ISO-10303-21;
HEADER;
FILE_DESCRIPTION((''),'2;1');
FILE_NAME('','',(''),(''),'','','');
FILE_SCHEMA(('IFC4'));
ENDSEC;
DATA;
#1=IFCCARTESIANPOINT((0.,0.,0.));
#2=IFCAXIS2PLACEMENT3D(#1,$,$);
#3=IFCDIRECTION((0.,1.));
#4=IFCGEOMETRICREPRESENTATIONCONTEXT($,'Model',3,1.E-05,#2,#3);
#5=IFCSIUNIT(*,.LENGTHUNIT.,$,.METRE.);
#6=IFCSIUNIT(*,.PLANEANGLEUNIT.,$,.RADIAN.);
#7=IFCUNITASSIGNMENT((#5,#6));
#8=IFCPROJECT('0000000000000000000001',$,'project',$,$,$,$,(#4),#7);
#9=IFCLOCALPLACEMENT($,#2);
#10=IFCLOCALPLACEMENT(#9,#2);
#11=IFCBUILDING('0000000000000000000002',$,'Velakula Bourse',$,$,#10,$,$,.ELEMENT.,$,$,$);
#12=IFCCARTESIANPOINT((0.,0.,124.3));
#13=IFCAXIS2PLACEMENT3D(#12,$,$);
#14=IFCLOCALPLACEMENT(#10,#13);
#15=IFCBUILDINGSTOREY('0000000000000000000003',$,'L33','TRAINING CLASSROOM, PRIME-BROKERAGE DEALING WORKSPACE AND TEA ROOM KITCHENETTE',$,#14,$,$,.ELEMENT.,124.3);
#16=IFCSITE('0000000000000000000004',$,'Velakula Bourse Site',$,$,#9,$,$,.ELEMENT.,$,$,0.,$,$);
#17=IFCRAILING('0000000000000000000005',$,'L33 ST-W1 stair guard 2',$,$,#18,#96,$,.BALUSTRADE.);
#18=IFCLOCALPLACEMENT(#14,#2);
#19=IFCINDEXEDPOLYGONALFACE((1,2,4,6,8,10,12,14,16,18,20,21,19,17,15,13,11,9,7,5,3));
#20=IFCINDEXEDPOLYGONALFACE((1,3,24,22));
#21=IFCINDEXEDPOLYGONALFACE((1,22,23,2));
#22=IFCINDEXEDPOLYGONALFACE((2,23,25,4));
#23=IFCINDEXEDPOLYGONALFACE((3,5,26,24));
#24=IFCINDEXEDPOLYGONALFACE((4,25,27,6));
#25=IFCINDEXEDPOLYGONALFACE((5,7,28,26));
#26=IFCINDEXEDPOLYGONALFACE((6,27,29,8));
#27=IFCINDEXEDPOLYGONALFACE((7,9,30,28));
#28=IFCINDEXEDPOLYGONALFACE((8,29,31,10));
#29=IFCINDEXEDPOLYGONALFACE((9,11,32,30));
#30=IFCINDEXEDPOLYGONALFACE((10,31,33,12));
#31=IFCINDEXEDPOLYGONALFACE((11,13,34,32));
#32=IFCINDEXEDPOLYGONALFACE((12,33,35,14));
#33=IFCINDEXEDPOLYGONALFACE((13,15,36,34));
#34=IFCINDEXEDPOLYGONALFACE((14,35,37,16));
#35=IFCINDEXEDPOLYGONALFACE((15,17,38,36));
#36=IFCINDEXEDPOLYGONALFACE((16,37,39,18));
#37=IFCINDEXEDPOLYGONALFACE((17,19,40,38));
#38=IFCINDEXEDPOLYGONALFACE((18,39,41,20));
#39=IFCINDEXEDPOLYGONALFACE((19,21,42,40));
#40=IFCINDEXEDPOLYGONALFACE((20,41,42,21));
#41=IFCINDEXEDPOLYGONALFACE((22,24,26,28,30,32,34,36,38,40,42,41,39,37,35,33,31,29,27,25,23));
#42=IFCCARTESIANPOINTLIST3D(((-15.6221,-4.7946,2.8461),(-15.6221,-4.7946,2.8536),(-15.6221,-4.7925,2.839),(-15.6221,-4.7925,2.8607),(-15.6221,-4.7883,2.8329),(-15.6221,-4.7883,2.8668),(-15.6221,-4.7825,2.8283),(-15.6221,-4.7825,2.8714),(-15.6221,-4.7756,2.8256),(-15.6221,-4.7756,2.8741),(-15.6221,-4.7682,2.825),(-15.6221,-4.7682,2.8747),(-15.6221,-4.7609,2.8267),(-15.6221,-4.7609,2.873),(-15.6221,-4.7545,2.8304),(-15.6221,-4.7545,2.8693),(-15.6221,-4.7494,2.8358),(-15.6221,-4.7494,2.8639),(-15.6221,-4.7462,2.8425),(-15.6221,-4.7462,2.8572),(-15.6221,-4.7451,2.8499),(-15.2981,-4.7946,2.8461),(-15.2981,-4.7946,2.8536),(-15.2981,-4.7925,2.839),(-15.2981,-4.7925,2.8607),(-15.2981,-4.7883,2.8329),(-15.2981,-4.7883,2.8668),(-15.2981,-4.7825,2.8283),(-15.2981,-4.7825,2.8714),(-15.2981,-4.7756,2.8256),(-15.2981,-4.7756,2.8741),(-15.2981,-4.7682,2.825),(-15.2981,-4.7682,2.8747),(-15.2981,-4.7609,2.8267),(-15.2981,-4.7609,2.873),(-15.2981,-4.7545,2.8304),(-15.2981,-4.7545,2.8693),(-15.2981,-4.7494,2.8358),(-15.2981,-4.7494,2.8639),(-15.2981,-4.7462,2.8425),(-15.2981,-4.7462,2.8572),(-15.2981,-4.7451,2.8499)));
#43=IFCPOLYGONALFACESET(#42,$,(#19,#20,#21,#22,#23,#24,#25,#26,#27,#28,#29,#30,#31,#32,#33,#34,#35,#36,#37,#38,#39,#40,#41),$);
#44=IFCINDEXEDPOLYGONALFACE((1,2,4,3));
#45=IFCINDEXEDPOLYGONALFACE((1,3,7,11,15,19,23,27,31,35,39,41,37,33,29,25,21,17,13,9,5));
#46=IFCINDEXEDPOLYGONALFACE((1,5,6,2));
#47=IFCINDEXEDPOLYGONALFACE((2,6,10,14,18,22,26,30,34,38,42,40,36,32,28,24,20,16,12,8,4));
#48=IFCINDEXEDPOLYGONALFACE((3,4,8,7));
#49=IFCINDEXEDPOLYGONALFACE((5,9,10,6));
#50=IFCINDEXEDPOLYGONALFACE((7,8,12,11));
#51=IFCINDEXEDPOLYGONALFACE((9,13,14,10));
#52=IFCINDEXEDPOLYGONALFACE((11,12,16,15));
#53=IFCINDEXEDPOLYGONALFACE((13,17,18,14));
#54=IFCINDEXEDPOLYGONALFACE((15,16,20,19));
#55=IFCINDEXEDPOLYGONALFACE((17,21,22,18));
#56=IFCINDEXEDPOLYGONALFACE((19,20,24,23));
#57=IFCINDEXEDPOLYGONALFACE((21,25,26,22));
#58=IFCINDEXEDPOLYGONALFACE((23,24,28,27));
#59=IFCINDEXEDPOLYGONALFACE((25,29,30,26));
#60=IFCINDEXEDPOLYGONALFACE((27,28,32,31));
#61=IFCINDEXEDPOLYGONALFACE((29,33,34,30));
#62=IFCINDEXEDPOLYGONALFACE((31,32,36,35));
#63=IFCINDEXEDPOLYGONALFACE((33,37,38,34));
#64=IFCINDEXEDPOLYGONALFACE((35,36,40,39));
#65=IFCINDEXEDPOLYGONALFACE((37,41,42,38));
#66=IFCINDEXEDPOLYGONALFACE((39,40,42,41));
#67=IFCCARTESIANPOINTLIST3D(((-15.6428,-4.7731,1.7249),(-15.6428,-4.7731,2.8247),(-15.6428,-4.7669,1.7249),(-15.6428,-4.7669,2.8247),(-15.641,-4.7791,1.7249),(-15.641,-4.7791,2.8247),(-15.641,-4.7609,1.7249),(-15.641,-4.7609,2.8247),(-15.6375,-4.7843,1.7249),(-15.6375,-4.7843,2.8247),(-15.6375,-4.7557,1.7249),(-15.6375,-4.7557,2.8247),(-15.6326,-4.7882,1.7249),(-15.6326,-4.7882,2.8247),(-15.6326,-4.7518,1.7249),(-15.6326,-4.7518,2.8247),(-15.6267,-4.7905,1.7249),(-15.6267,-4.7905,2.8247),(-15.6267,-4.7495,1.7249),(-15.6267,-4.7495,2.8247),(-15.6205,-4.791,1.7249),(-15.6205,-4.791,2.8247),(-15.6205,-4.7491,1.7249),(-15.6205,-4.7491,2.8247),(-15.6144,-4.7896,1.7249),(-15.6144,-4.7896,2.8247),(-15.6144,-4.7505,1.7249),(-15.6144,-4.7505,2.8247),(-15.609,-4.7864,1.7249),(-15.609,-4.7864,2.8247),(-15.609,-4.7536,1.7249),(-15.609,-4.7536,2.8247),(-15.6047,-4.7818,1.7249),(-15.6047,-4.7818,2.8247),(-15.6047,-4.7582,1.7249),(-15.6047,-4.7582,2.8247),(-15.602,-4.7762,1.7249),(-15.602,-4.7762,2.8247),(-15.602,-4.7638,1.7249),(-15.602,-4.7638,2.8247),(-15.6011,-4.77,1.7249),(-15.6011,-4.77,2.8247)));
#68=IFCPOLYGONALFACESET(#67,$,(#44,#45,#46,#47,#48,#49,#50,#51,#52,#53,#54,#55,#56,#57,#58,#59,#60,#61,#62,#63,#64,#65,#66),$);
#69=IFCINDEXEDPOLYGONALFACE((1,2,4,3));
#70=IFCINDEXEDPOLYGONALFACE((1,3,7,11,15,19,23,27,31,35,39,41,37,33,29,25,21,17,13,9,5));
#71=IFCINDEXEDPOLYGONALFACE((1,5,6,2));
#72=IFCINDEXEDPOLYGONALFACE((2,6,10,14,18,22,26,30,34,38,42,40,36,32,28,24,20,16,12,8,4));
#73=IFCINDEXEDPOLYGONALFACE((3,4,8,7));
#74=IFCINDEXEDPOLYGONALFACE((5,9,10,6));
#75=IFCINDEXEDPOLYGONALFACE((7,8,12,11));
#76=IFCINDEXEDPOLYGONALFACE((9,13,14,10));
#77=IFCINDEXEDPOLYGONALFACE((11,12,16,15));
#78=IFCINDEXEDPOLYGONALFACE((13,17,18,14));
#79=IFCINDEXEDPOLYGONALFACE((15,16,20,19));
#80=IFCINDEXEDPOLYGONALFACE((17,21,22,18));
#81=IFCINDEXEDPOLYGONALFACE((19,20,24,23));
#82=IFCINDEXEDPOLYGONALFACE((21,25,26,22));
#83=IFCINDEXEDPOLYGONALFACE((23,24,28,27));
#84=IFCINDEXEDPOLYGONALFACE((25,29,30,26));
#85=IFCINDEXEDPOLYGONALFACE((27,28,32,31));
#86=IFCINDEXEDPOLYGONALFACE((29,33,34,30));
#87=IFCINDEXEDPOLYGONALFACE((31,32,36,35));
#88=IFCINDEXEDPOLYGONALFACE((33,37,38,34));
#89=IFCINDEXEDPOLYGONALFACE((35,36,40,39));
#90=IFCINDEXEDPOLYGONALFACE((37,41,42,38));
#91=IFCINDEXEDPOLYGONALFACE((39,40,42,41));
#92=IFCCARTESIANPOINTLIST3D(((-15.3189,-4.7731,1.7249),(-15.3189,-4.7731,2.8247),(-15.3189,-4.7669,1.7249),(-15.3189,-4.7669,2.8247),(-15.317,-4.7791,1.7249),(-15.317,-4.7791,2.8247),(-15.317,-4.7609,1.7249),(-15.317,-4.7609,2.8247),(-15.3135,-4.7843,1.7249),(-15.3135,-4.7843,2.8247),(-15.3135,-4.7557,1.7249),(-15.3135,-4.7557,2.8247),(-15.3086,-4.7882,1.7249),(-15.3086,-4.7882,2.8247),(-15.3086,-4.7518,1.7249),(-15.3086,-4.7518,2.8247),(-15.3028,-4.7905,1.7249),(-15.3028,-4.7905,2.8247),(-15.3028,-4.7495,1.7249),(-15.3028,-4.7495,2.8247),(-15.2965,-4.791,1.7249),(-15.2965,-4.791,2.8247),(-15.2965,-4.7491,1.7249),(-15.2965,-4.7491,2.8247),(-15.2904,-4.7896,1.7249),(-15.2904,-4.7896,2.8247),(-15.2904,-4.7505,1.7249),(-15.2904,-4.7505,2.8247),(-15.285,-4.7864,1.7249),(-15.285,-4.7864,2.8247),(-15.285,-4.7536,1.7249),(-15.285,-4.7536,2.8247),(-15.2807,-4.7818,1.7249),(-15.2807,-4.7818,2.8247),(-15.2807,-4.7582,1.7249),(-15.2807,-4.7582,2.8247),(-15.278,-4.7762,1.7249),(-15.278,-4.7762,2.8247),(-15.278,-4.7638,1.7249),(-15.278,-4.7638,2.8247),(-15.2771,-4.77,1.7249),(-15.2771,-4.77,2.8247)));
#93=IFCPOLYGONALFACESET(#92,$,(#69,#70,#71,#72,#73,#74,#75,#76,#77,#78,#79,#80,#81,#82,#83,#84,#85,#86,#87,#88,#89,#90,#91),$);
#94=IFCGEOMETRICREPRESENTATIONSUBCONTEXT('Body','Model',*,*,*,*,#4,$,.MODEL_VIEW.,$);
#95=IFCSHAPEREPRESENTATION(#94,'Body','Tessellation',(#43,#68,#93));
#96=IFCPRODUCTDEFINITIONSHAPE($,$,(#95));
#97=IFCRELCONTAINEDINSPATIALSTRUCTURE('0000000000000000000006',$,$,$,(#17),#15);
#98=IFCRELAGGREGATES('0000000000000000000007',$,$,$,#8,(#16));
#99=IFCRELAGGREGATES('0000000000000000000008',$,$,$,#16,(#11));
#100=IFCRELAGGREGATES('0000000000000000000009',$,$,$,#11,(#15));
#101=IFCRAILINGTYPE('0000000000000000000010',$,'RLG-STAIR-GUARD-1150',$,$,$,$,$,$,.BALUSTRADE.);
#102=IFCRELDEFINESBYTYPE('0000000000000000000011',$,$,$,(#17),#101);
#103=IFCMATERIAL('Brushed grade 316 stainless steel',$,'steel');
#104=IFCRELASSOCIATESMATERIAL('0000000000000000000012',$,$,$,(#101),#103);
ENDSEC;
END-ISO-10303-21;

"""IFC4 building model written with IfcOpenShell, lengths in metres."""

from ifc_helpers import new_model, si_unit, direction, frame, origin, origin_2d, place, context, subcontext, project, spatial, circle, extrude, material, type_object, element, save


model = new_model("IFC4")

# Units and contexts
model_context = context("Model", 3, precision=1e-05, world=origin(), true_north=direction((0.0, 1.0)))
body_context = subcontext(model_context, "Body", "Model", "MODEL_VIEW")
ifc_project = project(units=[si_unit("LENGTHUNIT", "METRE"), si_unit("PLANEANGLEUNIT", "RADIAN")], contexts=[model_context])

# Site, building, storey
site_placement = place(None, origin())
site = spatial("IfcSite", under=ifc_project, at=site_placement, Name="Velakula Bourse Site", CompositionType="ELEMENT", RefElevation=0.0)
building_placement = place(site_placement, origin())
building = spatial("IfcBuilding", under=site, at=building_placement, Name="Velakula Bourse", CompositionType="ELEMENT")
storey_placement = place(building_placement, frame((0.0, 0.0, 124.3)))
storey = spatial("IfcBuildingStorey", under=building, at=storey_placement, Name="L33", Description="TRAINING CLASSROOM, PRIME-BROKERAGE DEALING WORKSPACE AND TEA ROOM KITCHENETTE", CompositionType="ELEMENT", Elevation=124.3)

# Shared definitions
ifc_material_1 = material(Name="Brushed grade 316 stainless steel", Category="steel")

# Railing
railing_type_1 = type_object("IfcRailingType", Name="RLG-STAIR-GUARD-1150", PredefinedType="BALUSTRADE", material=ifc_material_1)
railing_1_placement = place(storey_placement, frame((-15.6221, -4.77, 1.7249)))
element("IfcRailing", 1, at=railing_1_placement, inside=storey, type_object=railing_type_1, Name="L33 ST-W1 stair guard 2", PredefinedType="BALUSTRADE", context=body_context, shape_type="SweptSolid", body=[
    extrude(circle(Radius=0.0249, at=origin_2d()), frame((0.0, 0.0, 1.125), z_axis=(1.0, 0.0, 0.0), x_axis=(0.0, 1.0, 0.0)), (0.0, 0.0, 1.0), 0.324),
    extrude(circle(Radius=0.021, at=origin_2d()), origin(), (0.0, 0.0, 1.0), 1.0999),
    extrude(circle(Radius=0.021, at=origin_2d()), frame((0.324, 0.0, 0.0)), (0.0, 0.0, 1.0), 1.0999),
])

save(model, "model.ifc")
